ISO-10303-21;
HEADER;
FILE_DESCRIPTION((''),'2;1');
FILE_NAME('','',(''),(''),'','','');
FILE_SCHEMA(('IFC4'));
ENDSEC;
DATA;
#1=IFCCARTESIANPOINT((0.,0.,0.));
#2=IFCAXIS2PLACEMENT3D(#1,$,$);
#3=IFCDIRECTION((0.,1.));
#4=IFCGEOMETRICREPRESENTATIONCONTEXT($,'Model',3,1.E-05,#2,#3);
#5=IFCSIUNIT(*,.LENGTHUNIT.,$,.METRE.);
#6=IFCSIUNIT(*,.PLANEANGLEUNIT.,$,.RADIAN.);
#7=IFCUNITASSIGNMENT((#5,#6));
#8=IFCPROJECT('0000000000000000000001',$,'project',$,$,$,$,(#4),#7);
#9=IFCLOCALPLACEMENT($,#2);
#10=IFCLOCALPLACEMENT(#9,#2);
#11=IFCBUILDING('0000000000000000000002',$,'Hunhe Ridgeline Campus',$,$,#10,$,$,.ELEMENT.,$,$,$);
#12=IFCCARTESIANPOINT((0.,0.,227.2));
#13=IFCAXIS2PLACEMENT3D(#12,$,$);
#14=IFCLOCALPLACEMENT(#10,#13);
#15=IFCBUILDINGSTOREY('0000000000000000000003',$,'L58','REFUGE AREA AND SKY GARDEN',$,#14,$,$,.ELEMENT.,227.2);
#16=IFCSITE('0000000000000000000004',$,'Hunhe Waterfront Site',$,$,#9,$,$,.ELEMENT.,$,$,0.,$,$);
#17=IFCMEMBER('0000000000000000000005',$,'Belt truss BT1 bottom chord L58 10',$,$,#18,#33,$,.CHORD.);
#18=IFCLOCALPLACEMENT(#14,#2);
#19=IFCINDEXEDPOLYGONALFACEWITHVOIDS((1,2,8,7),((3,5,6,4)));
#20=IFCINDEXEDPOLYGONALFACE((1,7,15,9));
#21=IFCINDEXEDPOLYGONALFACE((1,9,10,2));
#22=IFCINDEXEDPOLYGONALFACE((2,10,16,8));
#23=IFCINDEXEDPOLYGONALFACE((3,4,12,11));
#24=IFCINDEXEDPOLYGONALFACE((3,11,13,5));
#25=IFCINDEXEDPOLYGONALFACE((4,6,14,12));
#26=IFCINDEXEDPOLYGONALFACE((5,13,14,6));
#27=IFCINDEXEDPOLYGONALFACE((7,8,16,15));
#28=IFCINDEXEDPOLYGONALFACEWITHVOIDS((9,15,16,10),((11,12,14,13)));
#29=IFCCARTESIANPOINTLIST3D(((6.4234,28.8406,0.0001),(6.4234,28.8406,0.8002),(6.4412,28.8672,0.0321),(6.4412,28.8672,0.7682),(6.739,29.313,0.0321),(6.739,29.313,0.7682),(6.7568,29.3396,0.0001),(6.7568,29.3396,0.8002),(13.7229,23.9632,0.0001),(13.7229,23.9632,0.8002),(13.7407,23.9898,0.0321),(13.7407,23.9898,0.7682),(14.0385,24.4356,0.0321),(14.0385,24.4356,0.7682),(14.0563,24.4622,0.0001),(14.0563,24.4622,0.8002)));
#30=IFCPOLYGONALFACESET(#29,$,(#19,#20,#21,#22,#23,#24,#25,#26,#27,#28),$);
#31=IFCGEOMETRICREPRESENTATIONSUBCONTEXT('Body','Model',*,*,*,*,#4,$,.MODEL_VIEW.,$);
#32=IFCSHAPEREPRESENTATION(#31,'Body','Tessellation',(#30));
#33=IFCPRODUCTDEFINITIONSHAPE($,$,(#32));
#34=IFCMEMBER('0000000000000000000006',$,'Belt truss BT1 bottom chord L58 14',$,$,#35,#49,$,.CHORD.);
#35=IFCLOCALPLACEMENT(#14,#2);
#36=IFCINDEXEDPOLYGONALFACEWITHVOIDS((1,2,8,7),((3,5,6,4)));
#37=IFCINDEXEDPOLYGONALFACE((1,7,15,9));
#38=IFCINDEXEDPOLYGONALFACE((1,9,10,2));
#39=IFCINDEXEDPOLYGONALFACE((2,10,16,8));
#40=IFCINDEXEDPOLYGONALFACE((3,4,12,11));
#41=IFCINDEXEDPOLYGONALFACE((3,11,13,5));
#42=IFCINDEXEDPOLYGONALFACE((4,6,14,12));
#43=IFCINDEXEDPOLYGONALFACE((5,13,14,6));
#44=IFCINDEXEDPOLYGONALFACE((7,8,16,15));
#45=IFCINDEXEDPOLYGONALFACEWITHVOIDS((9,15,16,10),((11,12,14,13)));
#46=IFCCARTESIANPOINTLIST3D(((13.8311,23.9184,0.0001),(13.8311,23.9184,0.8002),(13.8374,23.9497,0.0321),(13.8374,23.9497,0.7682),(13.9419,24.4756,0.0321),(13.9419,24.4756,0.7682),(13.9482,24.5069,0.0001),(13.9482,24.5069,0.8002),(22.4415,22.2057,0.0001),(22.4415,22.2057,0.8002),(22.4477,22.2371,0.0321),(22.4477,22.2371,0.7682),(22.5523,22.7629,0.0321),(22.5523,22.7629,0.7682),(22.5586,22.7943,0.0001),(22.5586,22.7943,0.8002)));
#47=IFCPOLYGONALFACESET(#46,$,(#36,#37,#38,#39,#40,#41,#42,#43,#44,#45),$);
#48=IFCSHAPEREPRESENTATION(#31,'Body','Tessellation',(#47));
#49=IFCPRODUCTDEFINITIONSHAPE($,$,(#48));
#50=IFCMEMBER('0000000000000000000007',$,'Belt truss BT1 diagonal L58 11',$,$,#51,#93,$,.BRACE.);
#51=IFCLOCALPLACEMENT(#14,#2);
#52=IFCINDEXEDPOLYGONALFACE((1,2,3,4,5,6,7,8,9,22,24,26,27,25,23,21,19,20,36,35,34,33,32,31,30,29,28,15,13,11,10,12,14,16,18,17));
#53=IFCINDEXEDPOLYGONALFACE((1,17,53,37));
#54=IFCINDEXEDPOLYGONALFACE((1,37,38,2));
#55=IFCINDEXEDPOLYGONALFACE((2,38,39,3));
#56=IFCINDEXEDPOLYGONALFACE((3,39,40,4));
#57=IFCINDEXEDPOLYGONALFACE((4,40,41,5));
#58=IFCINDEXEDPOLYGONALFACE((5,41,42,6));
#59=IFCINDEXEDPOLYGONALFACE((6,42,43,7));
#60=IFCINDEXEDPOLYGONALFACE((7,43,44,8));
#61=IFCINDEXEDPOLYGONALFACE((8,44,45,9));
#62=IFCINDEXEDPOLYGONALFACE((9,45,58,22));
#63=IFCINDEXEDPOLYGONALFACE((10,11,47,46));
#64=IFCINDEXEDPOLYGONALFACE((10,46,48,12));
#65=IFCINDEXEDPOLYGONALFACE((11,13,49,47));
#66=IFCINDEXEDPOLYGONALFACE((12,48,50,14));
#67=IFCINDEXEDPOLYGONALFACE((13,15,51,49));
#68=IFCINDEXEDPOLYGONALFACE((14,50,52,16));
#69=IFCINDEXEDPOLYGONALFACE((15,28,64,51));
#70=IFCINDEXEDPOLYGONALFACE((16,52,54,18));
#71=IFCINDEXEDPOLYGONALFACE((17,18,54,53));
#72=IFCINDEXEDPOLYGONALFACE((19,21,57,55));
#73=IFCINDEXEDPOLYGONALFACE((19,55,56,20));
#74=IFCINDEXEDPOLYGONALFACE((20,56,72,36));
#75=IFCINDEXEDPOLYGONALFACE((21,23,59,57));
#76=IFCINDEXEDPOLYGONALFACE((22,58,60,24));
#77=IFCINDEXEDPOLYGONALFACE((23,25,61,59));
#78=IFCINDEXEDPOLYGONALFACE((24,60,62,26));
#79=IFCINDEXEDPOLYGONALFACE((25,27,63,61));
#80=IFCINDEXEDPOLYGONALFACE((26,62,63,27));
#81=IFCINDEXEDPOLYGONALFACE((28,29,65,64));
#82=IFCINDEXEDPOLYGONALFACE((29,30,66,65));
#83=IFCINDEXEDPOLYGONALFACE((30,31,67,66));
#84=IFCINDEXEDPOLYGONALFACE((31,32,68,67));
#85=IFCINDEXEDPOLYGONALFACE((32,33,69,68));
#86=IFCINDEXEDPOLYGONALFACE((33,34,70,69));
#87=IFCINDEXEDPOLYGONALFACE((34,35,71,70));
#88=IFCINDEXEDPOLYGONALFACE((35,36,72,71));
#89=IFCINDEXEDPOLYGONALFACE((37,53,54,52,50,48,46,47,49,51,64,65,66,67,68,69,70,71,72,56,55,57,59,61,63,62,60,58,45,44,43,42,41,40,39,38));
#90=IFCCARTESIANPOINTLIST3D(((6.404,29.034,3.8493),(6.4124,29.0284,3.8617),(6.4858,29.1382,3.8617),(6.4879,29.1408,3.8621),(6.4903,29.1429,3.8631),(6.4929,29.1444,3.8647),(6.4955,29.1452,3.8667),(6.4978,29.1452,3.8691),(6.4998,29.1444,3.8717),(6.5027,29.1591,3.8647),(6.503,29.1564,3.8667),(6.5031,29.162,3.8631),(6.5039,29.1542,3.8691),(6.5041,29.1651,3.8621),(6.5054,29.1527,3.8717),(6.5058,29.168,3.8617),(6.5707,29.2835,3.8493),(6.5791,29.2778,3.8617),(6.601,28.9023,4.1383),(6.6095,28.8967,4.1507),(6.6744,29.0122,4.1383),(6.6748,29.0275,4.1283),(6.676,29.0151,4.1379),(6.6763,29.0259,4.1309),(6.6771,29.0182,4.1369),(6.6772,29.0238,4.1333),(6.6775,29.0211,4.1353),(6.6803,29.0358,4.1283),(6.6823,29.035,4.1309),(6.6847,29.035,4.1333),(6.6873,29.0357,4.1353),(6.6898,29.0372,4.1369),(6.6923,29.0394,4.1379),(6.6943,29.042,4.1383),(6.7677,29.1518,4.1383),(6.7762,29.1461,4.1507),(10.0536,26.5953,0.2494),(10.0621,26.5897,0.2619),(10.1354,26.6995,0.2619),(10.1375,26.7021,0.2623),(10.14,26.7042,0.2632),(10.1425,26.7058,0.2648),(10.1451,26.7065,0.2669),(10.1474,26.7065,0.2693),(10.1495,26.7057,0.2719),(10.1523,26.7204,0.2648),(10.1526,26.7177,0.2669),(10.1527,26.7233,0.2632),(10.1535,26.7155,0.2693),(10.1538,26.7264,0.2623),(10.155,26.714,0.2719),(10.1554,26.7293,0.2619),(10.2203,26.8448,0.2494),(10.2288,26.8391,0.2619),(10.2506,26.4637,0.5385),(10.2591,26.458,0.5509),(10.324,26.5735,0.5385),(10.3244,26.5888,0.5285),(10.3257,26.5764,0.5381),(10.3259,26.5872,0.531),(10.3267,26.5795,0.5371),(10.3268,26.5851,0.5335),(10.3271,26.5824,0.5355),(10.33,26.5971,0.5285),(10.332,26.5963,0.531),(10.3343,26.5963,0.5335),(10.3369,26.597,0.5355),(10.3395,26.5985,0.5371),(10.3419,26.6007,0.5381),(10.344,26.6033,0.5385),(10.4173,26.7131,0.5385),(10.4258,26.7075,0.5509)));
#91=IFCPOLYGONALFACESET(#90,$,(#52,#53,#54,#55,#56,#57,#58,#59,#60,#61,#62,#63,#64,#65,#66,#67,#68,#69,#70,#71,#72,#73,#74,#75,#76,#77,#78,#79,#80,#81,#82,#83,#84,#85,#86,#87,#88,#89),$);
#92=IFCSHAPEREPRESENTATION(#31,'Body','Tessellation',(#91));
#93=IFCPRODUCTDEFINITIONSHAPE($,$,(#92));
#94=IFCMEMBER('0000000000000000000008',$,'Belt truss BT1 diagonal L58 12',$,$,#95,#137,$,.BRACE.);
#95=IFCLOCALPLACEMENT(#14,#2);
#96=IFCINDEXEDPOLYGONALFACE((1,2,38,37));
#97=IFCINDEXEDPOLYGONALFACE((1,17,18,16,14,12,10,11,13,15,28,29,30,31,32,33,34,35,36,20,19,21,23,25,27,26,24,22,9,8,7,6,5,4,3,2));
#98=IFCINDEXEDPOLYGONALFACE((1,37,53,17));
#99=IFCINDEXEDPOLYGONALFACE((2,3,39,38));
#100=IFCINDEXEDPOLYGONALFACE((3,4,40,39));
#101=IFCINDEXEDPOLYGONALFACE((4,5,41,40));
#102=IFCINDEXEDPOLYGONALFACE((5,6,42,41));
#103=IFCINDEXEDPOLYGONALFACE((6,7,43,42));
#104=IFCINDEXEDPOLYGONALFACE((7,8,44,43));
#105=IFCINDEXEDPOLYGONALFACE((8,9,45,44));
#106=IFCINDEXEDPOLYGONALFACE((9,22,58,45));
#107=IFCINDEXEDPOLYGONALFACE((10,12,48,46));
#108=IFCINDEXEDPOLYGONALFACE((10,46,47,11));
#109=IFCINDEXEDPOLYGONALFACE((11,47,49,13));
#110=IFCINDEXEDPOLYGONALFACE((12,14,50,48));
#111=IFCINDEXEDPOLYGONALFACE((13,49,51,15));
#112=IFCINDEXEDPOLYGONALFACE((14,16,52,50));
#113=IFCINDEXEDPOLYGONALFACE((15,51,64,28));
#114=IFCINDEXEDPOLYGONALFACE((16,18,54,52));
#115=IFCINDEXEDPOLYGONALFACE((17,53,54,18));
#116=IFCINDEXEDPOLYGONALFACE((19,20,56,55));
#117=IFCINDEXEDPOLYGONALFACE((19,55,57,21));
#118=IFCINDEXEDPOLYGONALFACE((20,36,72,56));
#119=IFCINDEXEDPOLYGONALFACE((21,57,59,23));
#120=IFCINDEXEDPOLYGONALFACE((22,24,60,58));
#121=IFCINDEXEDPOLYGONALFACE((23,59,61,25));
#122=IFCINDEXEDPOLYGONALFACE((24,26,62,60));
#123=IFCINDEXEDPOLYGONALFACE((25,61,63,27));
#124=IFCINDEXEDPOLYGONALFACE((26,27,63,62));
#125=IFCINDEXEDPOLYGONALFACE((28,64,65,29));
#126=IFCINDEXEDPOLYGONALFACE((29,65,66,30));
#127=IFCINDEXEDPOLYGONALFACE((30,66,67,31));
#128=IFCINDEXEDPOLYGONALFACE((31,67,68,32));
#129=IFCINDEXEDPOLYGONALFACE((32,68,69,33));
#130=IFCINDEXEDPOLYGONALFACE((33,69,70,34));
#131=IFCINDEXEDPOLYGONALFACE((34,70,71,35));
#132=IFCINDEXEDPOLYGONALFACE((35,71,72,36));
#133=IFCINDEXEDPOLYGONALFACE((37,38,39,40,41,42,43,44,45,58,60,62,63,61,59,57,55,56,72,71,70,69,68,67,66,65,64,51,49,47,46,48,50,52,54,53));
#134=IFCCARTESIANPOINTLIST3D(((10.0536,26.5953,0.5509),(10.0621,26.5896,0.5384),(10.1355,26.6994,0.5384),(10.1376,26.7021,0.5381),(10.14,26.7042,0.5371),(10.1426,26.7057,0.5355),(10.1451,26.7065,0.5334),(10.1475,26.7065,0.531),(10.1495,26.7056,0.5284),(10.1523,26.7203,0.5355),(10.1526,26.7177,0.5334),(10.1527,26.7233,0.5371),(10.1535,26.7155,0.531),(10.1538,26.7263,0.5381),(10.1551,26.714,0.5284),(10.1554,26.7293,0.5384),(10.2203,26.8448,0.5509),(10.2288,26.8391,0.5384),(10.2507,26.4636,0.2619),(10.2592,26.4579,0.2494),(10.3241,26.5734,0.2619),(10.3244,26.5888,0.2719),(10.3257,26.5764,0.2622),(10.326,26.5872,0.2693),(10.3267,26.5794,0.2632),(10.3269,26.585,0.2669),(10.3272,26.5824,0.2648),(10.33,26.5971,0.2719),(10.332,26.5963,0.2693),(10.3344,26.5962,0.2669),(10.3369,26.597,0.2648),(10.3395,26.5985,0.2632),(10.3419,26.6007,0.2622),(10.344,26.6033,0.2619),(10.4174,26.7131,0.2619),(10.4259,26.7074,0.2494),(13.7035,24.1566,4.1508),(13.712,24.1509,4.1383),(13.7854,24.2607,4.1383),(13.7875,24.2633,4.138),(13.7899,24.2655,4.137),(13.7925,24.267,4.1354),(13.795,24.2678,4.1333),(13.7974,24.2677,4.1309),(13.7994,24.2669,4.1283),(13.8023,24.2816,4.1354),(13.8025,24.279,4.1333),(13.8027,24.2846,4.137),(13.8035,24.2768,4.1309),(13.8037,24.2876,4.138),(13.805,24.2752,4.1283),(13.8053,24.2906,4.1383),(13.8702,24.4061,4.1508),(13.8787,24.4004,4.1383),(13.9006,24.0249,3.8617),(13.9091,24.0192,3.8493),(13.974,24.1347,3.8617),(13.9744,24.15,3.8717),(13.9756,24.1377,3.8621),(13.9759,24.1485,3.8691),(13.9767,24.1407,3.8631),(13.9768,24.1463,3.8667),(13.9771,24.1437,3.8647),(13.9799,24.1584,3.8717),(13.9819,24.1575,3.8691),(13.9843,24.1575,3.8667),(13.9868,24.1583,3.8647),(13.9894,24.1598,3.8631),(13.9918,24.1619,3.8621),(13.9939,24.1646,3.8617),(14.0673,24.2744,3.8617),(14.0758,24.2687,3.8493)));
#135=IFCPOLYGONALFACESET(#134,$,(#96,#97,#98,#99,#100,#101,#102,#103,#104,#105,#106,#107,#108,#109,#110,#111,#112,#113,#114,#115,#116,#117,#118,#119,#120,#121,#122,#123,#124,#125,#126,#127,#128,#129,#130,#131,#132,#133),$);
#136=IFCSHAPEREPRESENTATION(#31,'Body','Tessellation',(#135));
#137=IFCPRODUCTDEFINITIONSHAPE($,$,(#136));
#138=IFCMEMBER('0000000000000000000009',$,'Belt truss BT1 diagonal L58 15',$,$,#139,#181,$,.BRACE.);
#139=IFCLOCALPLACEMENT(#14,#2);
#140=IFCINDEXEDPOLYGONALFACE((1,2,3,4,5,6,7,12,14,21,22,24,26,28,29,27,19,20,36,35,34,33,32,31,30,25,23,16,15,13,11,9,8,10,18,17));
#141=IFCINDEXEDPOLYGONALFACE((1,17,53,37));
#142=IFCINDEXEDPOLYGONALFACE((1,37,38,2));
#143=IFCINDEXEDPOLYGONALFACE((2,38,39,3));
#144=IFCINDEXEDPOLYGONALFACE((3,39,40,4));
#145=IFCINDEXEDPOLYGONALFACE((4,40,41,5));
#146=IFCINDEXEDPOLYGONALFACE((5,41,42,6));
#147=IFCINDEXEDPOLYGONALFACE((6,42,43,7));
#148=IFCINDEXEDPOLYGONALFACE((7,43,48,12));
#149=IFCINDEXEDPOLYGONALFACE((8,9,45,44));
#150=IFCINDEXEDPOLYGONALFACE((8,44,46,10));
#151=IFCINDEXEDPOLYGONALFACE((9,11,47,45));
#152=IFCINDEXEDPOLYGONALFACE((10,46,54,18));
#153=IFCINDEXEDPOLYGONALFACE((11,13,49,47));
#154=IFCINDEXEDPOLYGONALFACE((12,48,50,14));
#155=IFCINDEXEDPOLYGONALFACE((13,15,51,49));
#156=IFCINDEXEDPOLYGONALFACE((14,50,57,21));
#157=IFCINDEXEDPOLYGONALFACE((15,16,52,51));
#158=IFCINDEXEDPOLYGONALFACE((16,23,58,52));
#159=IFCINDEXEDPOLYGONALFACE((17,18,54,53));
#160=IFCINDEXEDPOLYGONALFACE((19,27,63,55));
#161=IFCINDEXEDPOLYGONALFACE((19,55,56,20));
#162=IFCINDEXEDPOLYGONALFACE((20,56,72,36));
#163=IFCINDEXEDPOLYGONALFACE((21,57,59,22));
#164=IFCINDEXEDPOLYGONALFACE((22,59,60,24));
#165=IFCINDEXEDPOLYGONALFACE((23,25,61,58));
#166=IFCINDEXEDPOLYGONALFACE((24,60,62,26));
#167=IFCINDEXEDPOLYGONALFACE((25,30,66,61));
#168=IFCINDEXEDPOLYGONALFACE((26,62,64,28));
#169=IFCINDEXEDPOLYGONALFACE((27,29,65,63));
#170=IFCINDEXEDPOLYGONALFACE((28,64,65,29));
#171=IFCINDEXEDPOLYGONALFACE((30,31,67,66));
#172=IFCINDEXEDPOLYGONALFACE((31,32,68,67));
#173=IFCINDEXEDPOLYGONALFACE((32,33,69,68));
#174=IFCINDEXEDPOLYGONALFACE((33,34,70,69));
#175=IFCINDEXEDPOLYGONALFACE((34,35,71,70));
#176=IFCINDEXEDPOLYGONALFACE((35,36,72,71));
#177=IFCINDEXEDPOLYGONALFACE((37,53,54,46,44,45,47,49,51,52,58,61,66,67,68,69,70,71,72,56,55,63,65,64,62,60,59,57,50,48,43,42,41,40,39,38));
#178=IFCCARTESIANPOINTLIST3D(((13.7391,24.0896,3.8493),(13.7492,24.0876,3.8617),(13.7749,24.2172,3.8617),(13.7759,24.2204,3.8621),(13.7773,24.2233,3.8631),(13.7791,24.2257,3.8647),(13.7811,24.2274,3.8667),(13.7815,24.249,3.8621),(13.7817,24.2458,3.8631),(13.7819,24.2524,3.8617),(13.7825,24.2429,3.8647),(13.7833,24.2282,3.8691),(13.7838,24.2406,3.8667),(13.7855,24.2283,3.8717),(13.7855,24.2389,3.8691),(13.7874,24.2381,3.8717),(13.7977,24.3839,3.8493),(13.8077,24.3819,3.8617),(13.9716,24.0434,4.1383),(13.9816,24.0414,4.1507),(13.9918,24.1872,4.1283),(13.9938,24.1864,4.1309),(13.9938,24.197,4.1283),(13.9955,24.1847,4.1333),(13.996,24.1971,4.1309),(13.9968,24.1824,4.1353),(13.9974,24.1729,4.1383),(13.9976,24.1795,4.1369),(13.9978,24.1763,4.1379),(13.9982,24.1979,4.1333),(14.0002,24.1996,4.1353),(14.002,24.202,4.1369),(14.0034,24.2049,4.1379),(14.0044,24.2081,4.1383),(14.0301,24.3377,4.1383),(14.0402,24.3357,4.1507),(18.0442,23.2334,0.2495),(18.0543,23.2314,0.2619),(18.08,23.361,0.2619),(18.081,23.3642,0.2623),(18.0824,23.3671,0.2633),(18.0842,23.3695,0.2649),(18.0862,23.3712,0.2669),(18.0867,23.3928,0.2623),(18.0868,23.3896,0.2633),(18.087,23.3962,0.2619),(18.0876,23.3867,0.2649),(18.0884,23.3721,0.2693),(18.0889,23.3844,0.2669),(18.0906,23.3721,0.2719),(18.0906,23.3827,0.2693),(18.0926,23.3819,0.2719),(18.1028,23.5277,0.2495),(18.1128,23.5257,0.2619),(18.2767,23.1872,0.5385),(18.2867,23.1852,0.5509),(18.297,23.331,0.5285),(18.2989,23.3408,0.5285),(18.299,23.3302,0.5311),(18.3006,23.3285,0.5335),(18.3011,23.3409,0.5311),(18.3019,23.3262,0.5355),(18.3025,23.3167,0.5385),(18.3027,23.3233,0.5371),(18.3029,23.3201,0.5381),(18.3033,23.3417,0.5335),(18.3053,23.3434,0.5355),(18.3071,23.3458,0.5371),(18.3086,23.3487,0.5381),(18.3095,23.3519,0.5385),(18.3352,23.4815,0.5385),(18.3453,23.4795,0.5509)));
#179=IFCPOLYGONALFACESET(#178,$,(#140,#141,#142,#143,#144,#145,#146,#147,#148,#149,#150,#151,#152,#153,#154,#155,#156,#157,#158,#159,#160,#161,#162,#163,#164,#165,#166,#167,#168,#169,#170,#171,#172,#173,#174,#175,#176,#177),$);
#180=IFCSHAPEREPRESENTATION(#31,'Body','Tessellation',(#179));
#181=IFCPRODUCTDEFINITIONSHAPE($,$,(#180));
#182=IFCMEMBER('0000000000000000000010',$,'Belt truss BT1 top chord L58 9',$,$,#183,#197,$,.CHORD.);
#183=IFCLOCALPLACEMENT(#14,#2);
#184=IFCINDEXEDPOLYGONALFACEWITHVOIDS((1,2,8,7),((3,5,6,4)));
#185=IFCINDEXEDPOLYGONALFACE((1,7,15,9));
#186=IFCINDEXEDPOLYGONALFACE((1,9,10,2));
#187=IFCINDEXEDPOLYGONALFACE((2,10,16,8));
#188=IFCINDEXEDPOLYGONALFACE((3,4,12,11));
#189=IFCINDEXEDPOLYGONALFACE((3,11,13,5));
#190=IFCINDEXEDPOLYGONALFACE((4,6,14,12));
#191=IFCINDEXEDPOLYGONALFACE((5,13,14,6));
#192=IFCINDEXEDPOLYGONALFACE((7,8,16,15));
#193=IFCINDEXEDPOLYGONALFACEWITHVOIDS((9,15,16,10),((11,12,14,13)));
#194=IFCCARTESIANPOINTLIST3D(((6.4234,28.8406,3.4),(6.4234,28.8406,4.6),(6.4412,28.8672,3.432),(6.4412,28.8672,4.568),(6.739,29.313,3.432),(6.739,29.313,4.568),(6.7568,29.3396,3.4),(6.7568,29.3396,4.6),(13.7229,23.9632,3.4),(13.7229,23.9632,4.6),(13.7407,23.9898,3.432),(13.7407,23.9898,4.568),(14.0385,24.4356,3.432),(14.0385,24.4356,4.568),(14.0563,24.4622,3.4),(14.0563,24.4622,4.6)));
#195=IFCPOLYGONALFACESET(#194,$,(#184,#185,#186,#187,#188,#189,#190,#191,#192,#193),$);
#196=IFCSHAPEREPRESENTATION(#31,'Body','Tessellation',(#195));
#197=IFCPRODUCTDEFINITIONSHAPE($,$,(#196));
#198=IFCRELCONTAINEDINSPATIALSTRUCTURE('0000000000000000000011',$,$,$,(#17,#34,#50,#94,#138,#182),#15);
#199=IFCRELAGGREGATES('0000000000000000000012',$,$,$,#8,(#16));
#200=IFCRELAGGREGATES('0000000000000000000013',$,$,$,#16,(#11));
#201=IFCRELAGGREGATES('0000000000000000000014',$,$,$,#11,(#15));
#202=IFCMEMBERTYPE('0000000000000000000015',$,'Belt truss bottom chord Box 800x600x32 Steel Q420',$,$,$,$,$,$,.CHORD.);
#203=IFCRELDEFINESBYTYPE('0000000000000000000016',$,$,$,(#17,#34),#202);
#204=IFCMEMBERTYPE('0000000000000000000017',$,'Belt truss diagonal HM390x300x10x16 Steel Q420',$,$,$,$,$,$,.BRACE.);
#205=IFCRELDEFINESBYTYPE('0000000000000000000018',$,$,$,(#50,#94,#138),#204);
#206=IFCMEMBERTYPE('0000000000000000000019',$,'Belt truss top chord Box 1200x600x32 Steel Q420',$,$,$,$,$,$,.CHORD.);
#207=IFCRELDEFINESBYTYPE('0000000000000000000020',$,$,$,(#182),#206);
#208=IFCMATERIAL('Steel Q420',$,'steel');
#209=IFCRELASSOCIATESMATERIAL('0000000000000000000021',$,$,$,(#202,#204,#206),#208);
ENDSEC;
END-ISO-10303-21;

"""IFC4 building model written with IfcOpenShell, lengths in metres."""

from ifc_helpers import new_model, si_unit, direction, frame, origin, origin_2d, place, context, subcontext, project, spatial, hollow_rectangle, i_section, extrude, material, material_profile, profile_set, type_object, element, save


model = new_model("IFC4")

# Units and contexts
model_context = context("Model", 3, precision=1e-05, world=origin(), true_north=direction((0.0, 1.0)))
body_context = subcontext(model_context, "Body", "Model", "MODEL_VIEW")
ifc_project = project(units=[si_unit("LENGTHUNIT", "METRE"), si_unit("PLANEANGLEUNIT", "RADIAN")], contexts=[model_context])

# Site, building, storey
site_placement = place(None, origin())
site = spatial("IfcSite", under=ifc_project, at=site_placement, Name="Hunhe Waterfront Site", CompositionType="ELEMENT", RefElevation=0.0)
building_placement = place(site_placement, origin())
building = spatial("IfcBuilding", under=site, at=building_placement, Name="Hunhe Ridgeline Campus", CompositionType="ELEMENT")
storey_placement = place(building_placement, frame((0.0, 0.0, 227.2)))
storey = spatial("IfcBuildingStorey", under=building, at=storey_placement, Name="L58", Description="REFUGE AREA AND SKY GARDEN", CompositionType="ELEMENT", Elevation=227.2)

# Members
ifc_material_1 = material(Name="Steel Q420", Category="steel")
ifc_material_profile_1 = material_profile(ifc_material_1, hollow_rectangle(XDim=0.6001, YDim=0.8, WallThickness=0.032, at=origin_2d()))
ifc_profile_set_1 = profile_set([ifc_material_profile_1], Name="Steel Q420")
member_type_1 = type_object("IfcMemberType", Name="Belt truss bottom chord Box 800x600x32 Steel Q420", PredefinedType="CHORD", material=ifc_profile_set_1)
for number, where, z_axis, x_axis, name in (
    (1, (6.5901, 29.0901, 0.4001), (0.831468, -0.555573, 0.0), (0.555573, 0.831468, 0.0), "Belt truss BT1 bottom chord L58 10"),
    (2, (13.8896, 24.2126, 0.4001), (0.980787, -0.195084, 0.0), (0.195084, 0.980787, 0.0), "Belt truss BT1 bottom chord L58 14"),
):
    element("IfcMember", number, at=place(storey_placement, frame(where, z_axis=z_axis, x_axis=x_axis)), inside=storey, type_object=member_type_1, Name=name, PredefinedType="CHORD", context=body_context, shape_type="SweptSolid", body=[
        extrude(hollow_rectangle(XDim=0.6001, YDim=0.8, WallThickness=0.032, at=origin_2d()), origin(), (0.0, 0.0, 1.0), 8.7791),
    ])
ifc_material_profile_2 = material_profile(ifc_material_1, i_section(OverallWidth=0.3, OverallDepth=0.3899, WebThickness=0.01, FlangeThickness=0.0161, FilletRadius=0.0129, at=origin_2d()))
ifc_profile_set_2 = profile_set([ifc_material_profile_2], Name="Steel Q420")
member_type_2 = type_object("IfcMemberType", Name="Belt truss diagonal HM390x300x10x16 Steel Q420", PredefinedType="BRACE", material=ifc_profile_set_2)
member_1_placement = place(storey_placement, frame((6.5901, 29.0901, 4.0), z_axis=(0.642905, -0.429593, -0.634132), x_axis=(0.555586, 0.831459, 0.0)))
element("IfcMember", 3, at=member_1_placement, inside=storey, type_object=member_type_2, Name="Belt truss BT1 diagonal L58 11", PredefinedType="BRACE", context=body_context, shape_type="SweptSolid", body=[
    extrude(i_section(OverallWidth=0.3, OverallDepth=0.3899, WebThickness=0.01, FlangeThickness=0.0161, FilletRadius=0.0129, at=origin_2d()), origin(), (0.0, 0.0, 1.0), 5.6768),
])
member_2_placement = place(storey_placement, frame((10.2397, 26.6514, 0.4001), z_axis=(0.64293, -0.429581, 0.634114), x_axis=(0.55556, 0.831477, 0.0)))
element("IfcMember", 4, at=member_2_placement, inside=storey, type_object=member_type_2, Name="Belt truss BT1 diagonal L58 12", PredefinedType="BRACE", context=body_context, shape_type="SweptSolid", body=[
    extrude(i_section(OverallWidth=0.3, OverallDepth=0.3899, WebThickness=0.01, FlangeThickness=0.0161, FilletRadius=0.0129, at=origin_2d()), origin(), (0.0, 0.0, 1.0), 5.677),
])
member_3_placement = place(storey_placement, frame((13.8896, 24.2126, 4.0), z_axis=(0.758375, -0.150823, -0.634129), x_axis=(0.195057, 0.980792, 0.0)))
element("IfcMember", 5, at=member_3_placement, inside=storey, type_object=member_type_2, Name="Belt truss BT1 diagonal L58 15", PredefinedType="BRACE", context=body_context, shape_type="SweptSolid", body=[
    extrude(i_section(OverallWidth=0.3, OverallDepth=0.3899, WebThickness=0.01, FlangeThickness=0.0161, FilletRadius=0.0129, at=origin_2d()), origin(), (0.0, 0.0, 1.0), 5.6768),
])
ifc_material_profile_3 = material_profile(ifc_material_1, hollow_rectangle(XDim=0.6001, YDim=1.2, WallThickness=0.032, at=origin_2d()))
ifc_profile_set_3 = profile_set([ifc_material_profile_3], Name="Steel Q420")
member_type_3 = type_object("IfcMemberType", Name="Belt truss top chord Box 1200x600x32 Steel Q420", PredefinedType="CHORD", material=ifc_profile_set_3)
for number, where, z_axis, x_axis, name in (
    (6, (6.5901, 29.0901, 4.0), (0.831468, -0.555573, 0.0), (0.555573, 0.831468, 0.0), "Belt truss BT1 top chord L58 9"),
):
    element("IfcMember", number, at=place(storey_placement, frame(where, z_axis=z_axis, x_axis=x_axis)), inside=storey, type_object=member_type_3, Name=name, PredefinedType="CHORD", context=body_context, shape_type="SweptSolid", body=[
        extrude(hollow_rectangle(XDim=0.6001, YDim=1.2, WallThickness=0.032, at=origin_2d()), origin(), (0.0, 0.0, 1.0), 8.7791),
    ])

save(model, "model.ifc")
